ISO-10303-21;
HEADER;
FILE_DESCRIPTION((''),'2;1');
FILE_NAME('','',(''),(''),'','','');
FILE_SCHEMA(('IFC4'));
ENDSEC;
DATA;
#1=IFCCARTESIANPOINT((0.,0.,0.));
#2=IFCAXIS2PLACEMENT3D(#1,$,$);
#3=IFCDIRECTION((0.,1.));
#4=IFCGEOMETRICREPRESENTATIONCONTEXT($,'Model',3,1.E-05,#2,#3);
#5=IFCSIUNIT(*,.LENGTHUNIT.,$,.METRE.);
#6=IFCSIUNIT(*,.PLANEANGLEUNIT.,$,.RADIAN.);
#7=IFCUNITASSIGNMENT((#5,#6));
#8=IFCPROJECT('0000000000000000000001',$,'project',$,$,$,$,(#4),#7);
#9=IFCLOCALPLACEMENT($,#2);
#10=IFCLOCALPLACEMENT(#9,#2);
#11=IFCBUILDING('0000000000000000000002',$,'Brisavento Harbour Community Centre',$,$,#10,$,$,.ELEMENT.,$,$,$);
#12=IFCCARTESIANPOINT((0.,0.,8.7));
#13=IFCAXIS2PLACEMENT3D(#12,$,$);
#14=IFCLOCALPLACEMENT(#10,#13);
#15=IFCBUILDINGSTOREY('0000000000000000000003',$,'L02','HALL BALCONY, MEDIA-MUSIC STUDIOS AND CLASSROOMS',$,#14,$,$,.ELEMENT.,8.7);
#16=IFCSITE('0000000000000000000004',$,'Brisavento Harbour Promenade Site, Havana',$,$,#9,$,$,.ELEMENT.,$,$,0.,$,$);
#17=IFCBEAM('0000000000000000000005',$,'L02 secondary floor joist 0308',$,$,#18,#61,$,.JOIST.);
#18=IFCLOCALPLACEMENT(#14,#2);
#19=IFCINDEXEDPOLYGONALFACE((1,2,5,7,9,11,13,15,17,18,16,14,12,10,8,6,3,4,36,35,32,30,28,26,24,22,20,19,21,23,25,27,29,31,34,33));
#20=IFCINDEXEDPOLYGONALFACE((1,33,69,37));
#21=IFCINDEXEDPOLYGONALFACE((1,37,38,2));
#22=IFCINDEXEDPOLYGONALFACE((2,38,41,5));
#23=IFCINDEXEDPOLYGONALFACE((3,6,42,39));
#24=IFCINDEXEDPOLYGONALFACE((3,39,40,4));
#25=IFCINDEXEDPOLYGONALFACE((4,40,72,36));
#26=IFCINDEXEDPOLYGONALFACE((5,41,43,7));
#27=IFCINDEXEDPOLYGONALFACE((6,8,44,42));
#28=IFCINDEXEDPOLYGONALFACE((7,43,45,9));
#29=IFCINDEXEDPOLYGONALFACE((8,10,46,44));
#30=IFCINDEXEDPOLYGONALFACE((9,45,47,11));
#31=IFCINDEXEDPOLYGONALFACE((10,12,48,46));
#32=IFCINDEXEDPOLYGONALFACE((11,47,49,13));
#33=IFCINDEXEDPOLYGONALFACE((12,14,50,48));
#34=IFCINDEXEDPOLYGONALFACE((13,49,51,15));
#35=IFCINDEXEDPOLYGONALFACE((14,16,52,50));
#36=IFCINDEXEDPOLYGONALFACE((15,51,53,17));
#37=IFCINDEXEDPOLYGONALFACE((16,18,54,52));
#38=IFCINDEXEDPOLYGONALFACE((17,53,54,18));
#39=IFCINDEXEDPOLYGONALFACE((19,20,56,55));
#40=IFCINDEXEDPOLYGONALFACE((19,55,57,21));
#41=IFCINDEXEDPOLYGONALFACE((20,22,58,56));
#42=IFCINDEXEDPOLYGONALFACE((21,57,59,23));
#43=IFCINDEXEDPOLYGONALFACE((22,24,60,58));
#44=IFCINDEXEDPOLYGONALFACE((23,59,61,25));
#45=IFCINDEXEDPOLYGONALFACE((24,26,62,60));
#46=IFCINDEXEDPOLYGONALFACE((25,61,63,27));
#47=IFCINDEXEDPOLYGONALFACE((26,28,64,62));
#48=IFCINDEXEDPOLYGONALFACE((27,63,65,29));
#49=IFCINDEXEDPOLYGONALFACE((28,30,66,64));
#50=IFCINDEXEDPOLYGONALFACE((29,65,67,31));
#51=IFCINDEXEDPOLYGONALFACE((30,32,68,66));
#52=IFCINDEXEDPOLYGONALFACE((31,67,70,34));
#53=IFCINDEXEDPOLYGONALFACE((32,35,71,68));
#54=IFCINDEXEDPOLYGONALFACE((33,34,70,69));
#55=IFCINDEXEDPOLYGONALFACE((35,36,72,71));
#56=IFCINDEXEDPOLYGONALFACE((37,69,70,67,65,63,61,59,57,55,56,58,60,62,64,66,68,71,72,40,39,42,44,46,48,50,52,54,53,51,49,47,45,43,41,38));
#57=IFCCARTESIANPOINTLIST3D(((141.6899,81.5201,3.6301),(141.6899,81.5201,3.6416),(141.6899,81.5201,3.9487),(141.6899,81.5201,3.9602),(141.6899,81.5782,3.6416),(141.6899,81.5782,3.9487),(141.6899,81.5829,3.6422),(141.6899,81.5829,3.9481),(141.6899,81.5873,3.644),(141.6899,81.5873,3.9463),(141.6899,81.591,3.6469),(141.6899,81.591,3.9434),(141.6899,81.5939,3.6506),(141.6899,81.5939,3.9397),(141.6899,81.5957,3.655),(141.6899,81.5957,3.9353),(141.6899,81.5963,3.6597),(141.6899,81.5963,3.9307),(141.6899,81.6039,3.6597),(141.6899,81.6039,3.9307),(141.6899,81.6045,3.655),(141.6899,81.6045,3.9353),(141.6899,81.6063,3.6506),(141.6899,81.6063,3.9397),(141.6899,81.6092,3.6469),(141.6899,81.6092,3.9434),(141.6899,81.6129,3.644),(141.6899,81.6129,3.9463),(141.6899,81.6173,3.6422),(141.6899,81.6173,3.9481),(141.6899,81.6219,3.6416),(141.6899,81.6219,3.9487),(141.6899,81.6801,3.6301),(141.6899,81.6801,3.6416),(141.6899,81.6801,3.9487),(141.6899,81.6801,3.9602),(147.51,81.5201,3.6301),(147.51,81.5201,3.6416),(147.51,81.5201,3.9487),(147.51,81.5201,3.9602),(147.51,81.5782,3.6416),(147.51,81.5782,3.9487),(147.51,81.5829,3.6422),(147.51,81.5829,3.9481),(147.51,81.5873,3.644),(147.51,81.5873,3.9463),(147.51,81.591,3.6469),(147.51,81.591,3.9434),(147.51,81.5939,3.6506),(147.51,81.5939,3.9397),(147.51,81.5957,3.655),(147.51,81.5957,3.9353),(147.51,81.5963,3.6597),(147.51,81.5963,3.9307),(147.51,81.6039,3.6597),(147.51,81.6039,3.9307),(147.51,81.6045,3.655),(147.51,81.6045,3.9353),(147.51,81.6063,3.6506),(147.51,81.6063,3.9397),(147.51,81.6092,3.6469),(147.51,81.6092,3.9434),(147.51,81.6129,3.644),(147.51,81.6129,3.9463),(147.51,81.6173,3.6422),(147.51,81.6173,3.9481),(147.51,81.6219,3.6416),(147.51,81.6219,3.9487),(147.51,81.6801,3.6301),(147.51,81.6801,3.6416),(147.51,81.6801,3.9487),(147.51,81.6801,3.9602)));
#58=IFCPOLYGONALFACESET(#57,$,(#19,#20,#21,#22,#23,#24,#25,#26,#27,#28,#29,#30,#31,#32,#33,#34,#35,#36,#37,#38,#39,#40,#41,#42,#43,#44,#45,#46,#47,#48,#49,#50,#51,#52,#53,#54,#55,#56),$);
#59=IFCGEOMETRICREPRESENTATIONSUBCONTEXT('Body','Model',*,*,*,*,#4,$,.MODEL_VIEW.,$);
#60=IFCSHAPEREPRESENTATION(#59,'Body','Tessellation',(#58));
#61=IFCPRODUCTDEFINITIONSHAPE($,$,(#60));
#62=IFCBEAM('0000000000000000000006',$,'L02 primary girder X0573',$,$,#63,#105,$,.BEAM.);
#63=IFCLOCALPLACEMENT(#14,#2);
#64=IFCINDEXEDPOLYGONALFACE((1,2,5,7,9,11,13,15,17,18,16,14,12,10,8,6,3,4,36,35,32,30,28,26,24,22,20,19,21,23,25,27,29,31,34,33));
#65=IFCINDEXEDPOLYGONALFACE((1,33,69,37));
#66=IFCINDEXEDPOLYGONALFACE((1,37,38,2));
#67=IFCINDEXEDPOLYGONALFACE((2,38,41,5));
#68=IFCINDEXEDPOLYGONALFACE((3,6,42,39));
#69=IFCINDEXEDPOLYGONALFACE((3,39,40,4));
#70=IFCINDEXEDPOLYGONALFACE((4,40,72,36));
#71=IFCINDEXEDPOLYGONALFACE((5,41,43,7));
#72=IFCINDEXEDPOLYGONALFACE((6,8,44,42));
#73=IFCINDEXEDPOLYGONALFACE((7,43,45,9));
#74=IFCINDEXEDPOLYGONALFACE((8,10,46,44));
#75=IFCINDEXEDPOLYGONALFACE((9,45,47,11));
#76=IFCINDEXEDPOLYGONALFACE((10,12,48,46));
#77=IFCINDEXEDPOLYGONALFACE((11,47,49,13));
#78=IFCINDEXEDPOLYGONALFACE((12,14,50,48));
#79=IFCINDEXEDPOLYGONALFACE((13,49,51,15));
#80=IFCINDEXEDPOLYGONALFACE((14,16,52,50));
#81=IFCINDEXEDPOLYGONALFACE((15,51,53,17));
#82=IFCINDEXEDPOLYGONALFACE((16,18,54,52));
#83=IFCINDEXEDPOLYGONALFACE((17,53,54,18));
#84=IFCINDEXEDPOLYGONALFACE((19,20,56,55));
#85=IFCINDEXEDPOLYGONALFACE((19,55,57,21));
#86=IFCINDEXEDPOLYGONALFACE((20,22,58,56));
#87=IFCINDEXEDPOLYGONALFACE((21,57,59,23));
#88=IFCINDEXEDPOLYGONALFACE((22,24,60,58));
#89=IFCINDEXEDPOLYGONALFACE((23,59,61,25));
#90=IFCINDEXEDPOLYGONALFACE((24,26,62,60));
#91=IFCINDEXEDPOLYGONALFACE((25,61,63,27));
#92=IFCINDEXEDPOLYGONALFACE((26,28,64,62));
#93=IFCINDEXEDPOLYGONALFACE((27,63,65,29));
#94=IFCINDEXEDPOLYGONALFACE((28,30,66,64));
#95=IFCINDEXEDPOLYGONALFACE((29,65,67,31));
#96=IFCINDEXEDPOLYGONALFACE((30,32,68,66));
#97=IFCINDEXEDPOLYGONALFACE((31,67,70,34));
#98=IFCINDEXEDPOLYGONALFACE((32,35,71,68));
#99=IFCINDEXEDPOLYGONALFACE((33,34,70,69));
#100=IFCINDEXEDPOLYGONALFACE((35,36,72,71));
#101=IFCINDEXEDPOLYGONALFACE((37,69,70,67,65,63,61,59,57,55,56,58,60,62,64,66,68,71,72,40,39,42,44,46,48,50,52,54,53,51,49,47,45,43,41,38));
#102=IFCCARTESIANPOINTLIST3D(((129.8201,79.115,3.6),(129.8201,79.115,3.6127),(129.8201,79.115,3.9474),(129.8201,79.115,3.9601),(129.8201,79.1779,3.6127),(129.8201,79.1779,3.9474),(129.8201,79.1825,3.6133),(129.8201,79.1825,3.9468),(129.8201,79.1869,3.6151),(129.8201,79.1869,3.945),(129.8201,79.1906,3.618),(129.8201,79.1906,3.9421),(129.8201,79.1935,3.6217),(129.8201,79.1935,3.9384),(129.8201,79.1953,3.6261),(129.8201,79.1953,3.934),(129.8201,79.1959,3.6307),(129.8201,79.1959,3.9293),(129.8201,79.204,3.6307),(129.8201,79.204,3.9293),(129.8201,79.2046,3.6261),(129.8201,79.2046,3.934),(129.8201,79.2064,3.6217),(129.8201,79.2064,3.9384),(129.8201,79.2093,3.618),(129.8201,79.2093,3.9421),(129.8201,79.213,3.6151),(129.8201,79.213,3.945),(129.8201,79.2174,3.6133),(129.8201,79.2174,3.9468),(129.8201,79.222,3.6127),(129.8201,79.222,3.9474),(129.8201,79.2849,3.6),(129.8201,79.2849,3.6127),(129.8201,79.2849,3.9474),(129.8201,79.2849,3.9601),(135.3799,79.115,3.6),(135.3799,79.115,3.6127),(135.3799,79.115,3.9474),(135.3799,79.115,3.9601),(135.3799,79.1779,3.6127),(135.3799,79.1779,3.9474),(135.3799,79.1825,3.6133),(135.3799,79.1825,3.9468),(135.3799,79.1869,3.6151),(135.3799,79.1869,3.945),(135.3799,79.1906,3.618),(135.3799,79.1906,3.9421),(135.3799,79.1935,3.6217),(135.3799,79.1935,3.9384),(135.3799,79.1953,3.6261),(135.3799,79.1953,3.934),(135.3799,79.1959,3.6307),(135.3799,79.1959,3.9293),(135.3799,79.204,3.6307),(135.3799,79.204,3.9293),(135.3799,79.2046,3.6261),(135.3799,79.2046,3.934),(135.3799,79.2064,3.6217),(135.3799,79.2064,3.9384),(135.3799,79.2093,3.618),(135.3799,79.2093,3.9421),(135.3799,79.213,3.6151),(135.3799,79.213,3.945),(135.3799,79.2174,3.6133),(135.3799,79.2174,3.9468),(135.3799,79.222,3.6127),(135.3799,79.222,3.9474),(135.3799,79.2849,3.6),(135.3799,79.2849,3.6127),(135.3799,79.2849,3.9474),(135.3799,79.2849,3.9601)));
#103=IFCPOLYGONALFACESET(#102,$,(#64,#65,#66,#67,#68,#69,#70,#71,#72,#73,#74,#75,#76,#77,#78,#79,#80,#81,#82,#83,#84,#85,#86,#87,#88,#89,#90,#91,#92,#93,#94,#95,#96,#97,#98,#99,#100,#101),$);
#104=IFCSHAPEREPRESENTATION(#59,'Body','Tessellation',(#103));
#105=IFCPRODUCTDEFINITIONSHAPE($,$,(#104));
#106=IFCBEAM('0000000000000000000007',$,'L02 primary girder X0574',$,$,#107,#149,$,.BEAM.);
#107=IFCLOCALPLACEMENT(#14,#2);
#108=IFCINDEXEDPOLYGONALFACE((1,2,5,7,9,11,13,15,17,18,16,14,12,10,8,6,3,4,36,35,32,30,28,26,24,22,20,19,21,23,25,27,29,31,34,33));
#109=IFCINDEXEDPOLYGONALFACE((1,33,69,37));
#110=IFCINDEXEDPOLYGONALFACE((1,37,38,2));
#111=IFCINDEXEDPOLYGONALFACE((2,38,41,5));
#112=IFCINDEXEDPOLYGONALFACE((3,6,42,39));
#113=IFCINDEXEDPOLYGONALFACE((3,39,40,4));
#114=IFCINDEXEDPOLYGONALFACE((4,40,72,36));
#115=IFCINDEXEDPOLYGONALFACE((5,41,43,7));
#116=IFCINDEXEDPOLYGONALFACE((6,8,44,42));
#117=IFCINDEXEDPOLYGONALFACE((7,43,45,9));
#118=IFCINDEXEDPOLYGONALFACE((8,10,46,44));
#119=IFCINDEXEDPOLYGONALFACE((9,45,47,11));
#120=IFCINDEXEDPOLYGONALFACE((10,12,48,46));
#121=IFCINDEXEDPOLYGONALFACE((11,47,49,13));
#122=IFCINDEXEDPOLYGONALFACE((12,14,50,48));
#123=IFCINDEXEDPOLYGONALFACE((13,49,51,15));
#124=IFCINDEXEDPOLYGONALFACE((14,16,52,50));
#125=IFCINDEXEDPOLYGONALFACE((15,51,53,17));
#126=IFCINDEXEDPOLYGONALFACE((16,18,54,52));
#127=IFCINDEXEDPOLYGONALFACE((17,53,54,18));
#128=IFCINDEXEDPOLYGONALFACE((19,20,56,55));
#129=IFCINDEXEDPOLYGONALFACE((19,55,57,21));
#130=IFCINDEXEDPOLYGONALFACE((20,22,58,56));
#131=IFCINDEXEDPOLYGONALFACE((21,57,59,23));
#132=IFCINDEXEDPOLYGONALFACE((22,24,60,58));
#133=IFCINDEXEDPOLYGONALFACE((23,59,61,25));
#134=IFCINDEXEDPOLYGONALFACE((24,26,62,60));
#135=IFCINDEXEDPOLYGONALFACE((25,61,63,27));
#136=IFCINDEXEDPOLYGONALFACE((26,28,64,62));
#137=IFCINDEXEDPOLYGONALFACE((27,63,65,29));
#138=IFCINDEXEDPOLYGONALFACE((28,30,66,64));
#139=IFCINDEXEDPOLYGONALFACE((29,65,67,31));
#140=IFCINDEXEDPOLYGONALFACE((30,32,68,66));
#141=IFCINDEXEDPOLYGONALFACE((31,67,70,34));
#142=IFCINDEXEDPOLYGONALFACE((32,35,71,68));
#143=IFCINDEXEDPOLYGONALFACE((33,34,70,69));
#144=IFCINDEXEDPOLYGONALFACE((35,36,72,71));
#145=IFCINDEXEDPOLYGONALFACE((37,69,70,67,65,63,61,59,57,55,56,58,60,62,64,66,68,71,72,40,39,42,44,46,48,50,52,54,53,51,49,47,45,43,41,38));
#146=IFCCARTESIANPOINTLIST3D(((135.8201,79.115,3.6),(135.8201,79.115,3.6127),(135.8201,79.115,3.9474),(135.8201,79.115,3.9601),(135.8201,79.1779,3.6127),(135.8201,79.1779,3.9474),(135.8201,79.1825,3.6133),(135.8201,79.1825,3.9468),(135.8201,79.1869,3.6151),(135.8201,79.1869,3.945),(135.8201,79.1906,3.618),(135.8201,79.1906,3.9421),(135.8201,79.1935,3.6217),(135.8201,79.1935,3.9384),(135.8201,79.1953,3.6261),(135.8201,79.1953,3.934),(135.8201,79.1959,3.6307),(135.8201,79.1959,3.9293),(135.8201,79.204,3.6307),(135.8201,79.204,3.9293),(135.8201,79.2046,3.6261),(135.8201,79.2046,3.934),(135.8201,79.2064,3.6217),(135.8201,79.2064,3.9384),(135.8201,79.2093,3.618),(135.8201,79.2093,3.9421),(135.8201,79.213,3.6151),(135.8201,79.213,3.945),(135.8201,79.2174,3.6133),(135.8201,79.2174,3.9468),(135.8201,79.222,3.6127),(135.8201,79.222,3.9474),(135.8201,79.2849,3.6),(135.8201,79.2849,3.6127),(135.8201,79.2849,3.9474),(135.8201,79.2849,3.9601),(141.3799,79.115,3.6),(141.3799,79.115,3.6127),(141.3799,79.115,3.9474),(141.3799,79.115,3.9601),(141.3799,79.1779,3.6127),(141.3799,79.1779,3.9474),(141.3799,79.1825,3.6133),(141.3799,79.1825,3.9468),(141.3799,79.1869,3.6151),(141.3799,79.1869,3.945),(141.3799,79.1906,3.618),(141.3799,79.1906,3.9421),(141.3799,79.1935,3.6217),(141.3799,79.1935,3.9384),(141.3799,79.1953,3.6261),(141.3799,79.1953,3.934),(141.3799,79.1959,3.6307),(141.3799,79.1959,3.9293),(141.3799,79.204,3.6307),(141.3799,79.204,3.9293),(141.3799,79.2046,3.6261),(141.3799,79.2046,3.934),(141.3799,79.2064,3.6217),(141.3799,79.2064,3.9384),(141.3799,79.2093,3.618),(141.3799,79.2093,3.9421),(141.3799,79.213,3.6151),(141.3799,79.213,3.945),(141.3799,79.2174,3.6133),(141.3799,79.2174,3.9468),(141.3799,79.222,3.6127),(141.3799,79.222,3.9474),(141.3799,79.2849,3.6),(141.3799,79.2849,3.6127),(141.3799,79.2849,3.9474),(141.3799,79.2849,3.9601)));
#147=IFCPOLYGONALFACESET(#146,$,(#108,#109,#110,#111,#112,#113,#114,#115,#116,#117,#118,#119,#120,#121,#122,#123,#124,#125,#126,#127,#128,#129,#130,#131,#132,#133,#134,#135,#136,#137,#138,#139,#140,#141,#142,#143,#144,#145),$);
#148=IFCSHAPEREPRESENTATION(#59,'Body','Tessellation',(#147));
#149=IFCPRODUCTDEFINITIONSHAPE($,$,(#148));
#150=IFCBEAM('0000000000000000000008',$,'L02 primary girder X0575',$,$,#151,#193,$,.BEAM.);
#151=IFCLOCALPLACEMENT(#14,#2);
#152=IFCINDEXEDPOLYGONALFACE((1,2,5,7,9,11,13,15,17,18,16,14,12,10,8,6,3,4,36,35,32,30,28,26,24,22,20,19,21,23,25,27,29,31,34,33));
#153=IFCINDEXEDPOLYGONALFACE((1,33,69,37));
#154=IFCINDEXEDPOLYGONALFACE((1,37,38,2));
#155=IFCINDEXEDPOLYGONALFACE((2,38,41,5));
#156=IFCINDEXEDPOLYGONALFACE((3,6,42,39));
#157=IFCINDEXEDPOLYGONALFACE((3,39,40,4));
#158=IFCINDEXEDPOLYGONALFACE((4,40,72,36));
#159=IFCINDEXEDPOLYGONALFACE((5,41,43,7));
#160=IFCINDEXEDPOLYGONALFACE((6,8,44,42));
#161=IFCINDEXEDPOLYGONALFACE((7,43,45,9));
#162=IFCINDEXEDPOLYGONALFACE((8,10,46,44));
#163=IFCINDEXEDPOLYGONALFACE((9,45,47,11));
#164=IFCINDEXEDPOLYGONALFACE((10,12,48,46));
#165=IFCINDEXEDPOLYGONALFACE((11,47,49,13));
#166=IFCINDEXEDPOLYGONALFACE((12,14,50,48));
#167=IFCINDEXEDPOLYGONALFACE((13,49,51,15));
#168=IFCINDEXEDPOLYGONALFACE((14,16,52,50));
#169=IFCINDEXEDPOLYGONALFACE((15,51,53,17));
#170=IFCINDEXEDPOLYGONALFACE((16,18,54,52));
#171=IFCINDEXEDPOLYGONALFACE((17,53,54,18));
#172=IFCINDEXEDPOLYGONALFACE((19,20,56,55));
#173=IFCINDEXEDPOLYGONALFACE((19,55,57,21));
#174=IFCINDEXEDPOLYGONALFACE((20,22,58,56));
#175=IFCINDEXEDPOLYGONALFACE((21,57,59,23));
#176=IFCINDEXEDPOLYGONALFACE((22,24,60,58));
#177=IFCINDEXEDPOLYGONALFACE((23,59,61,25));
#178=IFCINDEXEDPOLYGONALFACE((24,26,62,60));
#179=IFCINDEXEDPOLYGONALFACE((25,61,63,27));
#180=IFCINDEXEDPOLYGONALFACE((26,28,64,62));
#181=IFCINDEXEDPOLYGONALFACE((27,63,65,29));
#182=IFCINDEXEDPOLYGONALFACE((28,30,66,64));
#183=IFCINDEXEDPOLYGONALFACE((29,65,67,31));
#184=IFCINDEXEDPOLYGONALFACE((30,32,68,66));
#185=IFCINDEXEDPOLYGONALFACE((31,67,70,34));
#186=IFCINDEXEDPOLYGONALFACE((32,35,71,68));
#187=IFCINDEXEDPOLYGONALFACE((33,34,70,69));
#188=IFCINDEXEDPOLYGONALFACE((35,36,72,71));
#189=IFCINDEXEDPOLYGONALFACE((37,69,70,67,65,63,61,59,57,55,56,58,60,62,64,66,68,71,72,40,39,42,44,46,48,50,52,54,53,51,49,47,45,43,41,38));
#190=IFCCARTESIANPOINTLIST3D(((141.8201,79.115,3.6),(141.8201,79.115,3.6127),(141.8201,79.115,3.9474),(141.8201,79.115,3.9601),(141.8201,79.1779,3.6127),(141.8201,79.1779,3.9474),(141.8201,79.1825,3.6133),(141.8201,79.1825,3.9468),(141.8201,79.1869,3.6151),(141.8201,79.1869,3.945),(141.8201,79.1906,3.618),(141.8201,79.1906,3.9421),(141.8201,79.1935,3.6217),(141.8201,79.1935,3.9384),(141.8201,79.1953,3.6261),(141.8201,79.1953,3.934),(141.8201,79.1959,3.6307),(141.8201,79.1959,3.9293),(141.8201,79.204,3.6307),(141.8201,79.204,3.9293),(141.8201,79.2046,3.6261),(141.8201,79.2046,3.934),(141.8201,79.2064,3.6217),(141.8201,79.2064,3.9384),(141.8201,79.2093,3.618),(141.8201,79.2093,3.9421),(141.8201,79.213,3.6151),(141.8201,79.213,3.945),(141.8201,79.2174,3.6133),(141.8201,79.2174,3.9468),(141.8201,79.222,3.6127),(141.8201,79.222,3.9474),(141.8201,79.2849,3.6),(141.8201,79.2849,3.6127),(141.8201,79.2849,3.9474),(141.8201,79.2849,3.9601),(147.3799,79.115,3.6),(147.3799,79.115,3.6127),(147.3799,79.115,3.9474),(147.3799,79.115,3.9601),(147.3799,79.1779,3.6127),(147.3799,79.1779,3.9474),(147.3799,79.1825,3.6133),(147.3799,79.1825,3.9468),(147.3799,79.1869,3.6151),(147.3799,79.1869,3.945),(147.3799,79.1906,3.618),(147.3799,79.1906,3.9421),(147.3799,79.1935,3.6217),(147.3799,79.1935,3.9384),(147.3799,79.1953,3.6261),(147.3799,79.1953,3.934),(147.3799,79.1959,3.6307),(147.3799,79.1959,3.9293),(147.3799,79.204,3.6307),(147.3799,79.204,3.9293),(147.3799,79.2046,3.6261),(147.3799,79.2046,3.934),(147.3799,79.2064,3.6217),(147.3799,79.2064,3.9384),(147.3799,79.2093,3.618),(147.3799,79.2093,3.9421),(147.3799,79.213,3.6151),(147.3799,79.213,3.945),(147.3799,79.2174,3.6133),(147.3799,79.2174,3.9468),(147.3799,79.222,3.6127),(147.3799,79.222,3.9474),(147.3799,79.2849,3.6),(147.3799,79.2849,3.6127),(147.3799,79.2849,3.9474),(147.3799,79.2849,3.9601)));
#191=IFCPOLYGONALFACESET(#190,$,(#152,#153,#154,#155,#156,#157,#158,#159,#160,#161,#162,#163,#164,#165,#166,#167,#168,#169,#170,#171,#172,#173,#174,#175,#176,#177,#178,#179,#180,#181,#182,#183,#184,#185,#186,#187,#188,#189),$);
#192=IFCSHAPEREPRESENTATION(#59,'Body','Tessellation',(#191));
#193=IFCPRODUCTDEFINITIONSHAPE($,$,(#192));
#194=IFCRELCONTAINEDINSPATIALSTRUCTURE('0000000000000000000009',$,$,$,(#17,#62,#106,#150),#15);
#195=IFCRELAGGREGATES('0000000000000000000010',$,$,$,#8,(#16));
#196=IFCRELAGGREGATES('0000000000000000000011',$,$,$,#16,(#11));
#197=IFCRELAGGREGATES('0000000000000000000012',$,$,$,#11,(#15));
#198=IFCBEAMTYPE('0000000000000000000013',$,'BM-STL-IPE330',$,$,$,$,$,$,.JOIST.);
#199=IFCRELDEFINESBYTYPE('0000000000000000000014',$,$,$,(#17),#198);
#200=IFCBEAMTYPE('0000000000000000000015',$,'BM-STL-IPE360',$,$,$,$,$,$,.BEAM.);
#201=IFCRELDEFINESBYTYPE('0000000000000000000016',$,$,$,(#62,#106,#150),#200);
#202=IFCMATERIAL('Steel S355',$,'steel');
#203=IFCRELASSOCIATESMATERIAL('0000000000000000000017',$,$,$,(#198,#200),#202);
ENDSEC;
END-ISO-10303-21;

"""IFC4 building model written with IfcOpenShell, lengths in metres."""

from ifc_helpers import new_model, si_unit, direction, frame, origin, origin_2d, place, context, subcontext, project, spatial, i_section, extrude, material, material_profile, profile_set, type_object, element, save


model = new_model("IFC4")

# Units and contexts
model_context = context("Model", 3, precision=1e-05, world=origin(), true_north=direction((0.0, 1.0)))
body_context = subcontext(model_context, "Body", "Model", "MODEL_VIEW")
ifc_project = project(units=[si_unit("LENGTHUNIT", "METRE"), si_unit("PLANEANGLEUNIT", "RADIAN")], contexts=[model_context])

# Site, building, storey
site_placement = place(None, origin())
site = spatial("IfcSite", under=ifc_project, at=site_placement, Name="Brisavento Harbour Promenade Site, Havana", CompositionType="ELEMENT", RefElevation=0.0)
building_placement = place(site_placement, origin())
building = spatial("IfcBuilding", under=site, at=building_placement, Name="Brisavento Harbour Community Centre", CompositionType="ELEMENT")
storey_placement = place(building_placement, frame((0.0, 0.0, 8.7)))
storey = spatial("IfcBuildingStorey", under=building, at=storey_placement, Name="L02", Description="HALL BALCONY, MEDIA-MUSIC STUDIOS AND CLASSROOMS", CompositionType="ELEMENT", Elevation=8.7)

# Beams
ifc_material_1 = material(Name="Steel S355", Category="steel")
ifc_material_profile_1 = material_profile(ifc_material_1, i_section(OverallWidth=0.1599, OverallDepth=0.3301, WebThickness=0.0076, FlangeThickness=0.0115, FilletRadius=0.0181, at=origin_2d()), Name="Steel S355")
ifc_profile_set_1 = profile_set([ifc_material_profile_1], Name="Steel S355")
beam_type_1 = type_object("IfcBeamType", Name="BM-STL-IPE330", PredefinedType="JOIST", material=ifc_profile_set_1)
beam_1_placement = place(storey_placement, frame((141.6899, 81.6001, 3.7952), z_axis=(1.0, 0.0, 0.0), x_axis=(0.0, 1.0, 0.0)))
element("IfcBeam", 1, at=beam_1_placement, inside=storey, type_object=beam_type_1, Name="L02 secondary floor joist 0308", PredefinedType="JOIST", context=body_context, shape_type="SweptSolid", body=[
    extrude(i_section(OverallWidth=0.1599, OverallDepth=0.3301, WebThickness=0.0076, FlangeThickness=0.0115, FilletRadius=0.0181, at=origin_2d()), origin(), (0.0, 0.0, 1.0), 5.8201),
])
ifc_material_profile_2 = material_profile(ifc_material_1, i_section(OverallWidth=0.1699, OverallDepth=0.3601, WebThickness=0.0081, FlangeThickness=0.0127, FilletRadius=0.0181, at=origin_2d()), Name="Steel S355")
ifc_profile_set_2 = profile_set([ifc_material_profile_2], Name="Steel S355")
beam_type_2 = type_object("IfcBeamType", Name="BM-STL-IPE360", PredefinedType="BEAM", material=ifc_profile_set_2)
for number, where, z_axis, x_axis, name in (
    (2, (129.8201, 79.2, 3.78), (1.0, 0.0, 0.0), (0.0, 1.0, 0.0), "L02 primary girder X0573"),
    (3, (135.8201, 79.2, 3.78), (1.0, 0.0, 0.0), (0.0, 1.0, 0.0), "L02 primary girder X0574"),
    (4, (141.8201, 79.2, 3.78), (1.0, 0.0, 0.0), (0.0, 1.0, 0.0), "L02 primary girder X0575"),
):
    element("IfcBeam", number, at=place(storey_placement, frame(where, z_axis=z_axis, x_axis=x_axis)), inside=storey, type_object=beam_type_2, Name=name, PredefinedType="BEAM", context=body_context, shape_type="SweptSolid", body=[
        extrude(i_section(OverallWidth=0.1699, OverallDepth=0.3601, WebThickness=0.0081, FlangeThickness=0.0127, FilletRadius=0.0181, at=origin_2d()), origin(), (0.0, 0.0, 1.0), 5.5598),
    ])

save(model, "model.ifc")
